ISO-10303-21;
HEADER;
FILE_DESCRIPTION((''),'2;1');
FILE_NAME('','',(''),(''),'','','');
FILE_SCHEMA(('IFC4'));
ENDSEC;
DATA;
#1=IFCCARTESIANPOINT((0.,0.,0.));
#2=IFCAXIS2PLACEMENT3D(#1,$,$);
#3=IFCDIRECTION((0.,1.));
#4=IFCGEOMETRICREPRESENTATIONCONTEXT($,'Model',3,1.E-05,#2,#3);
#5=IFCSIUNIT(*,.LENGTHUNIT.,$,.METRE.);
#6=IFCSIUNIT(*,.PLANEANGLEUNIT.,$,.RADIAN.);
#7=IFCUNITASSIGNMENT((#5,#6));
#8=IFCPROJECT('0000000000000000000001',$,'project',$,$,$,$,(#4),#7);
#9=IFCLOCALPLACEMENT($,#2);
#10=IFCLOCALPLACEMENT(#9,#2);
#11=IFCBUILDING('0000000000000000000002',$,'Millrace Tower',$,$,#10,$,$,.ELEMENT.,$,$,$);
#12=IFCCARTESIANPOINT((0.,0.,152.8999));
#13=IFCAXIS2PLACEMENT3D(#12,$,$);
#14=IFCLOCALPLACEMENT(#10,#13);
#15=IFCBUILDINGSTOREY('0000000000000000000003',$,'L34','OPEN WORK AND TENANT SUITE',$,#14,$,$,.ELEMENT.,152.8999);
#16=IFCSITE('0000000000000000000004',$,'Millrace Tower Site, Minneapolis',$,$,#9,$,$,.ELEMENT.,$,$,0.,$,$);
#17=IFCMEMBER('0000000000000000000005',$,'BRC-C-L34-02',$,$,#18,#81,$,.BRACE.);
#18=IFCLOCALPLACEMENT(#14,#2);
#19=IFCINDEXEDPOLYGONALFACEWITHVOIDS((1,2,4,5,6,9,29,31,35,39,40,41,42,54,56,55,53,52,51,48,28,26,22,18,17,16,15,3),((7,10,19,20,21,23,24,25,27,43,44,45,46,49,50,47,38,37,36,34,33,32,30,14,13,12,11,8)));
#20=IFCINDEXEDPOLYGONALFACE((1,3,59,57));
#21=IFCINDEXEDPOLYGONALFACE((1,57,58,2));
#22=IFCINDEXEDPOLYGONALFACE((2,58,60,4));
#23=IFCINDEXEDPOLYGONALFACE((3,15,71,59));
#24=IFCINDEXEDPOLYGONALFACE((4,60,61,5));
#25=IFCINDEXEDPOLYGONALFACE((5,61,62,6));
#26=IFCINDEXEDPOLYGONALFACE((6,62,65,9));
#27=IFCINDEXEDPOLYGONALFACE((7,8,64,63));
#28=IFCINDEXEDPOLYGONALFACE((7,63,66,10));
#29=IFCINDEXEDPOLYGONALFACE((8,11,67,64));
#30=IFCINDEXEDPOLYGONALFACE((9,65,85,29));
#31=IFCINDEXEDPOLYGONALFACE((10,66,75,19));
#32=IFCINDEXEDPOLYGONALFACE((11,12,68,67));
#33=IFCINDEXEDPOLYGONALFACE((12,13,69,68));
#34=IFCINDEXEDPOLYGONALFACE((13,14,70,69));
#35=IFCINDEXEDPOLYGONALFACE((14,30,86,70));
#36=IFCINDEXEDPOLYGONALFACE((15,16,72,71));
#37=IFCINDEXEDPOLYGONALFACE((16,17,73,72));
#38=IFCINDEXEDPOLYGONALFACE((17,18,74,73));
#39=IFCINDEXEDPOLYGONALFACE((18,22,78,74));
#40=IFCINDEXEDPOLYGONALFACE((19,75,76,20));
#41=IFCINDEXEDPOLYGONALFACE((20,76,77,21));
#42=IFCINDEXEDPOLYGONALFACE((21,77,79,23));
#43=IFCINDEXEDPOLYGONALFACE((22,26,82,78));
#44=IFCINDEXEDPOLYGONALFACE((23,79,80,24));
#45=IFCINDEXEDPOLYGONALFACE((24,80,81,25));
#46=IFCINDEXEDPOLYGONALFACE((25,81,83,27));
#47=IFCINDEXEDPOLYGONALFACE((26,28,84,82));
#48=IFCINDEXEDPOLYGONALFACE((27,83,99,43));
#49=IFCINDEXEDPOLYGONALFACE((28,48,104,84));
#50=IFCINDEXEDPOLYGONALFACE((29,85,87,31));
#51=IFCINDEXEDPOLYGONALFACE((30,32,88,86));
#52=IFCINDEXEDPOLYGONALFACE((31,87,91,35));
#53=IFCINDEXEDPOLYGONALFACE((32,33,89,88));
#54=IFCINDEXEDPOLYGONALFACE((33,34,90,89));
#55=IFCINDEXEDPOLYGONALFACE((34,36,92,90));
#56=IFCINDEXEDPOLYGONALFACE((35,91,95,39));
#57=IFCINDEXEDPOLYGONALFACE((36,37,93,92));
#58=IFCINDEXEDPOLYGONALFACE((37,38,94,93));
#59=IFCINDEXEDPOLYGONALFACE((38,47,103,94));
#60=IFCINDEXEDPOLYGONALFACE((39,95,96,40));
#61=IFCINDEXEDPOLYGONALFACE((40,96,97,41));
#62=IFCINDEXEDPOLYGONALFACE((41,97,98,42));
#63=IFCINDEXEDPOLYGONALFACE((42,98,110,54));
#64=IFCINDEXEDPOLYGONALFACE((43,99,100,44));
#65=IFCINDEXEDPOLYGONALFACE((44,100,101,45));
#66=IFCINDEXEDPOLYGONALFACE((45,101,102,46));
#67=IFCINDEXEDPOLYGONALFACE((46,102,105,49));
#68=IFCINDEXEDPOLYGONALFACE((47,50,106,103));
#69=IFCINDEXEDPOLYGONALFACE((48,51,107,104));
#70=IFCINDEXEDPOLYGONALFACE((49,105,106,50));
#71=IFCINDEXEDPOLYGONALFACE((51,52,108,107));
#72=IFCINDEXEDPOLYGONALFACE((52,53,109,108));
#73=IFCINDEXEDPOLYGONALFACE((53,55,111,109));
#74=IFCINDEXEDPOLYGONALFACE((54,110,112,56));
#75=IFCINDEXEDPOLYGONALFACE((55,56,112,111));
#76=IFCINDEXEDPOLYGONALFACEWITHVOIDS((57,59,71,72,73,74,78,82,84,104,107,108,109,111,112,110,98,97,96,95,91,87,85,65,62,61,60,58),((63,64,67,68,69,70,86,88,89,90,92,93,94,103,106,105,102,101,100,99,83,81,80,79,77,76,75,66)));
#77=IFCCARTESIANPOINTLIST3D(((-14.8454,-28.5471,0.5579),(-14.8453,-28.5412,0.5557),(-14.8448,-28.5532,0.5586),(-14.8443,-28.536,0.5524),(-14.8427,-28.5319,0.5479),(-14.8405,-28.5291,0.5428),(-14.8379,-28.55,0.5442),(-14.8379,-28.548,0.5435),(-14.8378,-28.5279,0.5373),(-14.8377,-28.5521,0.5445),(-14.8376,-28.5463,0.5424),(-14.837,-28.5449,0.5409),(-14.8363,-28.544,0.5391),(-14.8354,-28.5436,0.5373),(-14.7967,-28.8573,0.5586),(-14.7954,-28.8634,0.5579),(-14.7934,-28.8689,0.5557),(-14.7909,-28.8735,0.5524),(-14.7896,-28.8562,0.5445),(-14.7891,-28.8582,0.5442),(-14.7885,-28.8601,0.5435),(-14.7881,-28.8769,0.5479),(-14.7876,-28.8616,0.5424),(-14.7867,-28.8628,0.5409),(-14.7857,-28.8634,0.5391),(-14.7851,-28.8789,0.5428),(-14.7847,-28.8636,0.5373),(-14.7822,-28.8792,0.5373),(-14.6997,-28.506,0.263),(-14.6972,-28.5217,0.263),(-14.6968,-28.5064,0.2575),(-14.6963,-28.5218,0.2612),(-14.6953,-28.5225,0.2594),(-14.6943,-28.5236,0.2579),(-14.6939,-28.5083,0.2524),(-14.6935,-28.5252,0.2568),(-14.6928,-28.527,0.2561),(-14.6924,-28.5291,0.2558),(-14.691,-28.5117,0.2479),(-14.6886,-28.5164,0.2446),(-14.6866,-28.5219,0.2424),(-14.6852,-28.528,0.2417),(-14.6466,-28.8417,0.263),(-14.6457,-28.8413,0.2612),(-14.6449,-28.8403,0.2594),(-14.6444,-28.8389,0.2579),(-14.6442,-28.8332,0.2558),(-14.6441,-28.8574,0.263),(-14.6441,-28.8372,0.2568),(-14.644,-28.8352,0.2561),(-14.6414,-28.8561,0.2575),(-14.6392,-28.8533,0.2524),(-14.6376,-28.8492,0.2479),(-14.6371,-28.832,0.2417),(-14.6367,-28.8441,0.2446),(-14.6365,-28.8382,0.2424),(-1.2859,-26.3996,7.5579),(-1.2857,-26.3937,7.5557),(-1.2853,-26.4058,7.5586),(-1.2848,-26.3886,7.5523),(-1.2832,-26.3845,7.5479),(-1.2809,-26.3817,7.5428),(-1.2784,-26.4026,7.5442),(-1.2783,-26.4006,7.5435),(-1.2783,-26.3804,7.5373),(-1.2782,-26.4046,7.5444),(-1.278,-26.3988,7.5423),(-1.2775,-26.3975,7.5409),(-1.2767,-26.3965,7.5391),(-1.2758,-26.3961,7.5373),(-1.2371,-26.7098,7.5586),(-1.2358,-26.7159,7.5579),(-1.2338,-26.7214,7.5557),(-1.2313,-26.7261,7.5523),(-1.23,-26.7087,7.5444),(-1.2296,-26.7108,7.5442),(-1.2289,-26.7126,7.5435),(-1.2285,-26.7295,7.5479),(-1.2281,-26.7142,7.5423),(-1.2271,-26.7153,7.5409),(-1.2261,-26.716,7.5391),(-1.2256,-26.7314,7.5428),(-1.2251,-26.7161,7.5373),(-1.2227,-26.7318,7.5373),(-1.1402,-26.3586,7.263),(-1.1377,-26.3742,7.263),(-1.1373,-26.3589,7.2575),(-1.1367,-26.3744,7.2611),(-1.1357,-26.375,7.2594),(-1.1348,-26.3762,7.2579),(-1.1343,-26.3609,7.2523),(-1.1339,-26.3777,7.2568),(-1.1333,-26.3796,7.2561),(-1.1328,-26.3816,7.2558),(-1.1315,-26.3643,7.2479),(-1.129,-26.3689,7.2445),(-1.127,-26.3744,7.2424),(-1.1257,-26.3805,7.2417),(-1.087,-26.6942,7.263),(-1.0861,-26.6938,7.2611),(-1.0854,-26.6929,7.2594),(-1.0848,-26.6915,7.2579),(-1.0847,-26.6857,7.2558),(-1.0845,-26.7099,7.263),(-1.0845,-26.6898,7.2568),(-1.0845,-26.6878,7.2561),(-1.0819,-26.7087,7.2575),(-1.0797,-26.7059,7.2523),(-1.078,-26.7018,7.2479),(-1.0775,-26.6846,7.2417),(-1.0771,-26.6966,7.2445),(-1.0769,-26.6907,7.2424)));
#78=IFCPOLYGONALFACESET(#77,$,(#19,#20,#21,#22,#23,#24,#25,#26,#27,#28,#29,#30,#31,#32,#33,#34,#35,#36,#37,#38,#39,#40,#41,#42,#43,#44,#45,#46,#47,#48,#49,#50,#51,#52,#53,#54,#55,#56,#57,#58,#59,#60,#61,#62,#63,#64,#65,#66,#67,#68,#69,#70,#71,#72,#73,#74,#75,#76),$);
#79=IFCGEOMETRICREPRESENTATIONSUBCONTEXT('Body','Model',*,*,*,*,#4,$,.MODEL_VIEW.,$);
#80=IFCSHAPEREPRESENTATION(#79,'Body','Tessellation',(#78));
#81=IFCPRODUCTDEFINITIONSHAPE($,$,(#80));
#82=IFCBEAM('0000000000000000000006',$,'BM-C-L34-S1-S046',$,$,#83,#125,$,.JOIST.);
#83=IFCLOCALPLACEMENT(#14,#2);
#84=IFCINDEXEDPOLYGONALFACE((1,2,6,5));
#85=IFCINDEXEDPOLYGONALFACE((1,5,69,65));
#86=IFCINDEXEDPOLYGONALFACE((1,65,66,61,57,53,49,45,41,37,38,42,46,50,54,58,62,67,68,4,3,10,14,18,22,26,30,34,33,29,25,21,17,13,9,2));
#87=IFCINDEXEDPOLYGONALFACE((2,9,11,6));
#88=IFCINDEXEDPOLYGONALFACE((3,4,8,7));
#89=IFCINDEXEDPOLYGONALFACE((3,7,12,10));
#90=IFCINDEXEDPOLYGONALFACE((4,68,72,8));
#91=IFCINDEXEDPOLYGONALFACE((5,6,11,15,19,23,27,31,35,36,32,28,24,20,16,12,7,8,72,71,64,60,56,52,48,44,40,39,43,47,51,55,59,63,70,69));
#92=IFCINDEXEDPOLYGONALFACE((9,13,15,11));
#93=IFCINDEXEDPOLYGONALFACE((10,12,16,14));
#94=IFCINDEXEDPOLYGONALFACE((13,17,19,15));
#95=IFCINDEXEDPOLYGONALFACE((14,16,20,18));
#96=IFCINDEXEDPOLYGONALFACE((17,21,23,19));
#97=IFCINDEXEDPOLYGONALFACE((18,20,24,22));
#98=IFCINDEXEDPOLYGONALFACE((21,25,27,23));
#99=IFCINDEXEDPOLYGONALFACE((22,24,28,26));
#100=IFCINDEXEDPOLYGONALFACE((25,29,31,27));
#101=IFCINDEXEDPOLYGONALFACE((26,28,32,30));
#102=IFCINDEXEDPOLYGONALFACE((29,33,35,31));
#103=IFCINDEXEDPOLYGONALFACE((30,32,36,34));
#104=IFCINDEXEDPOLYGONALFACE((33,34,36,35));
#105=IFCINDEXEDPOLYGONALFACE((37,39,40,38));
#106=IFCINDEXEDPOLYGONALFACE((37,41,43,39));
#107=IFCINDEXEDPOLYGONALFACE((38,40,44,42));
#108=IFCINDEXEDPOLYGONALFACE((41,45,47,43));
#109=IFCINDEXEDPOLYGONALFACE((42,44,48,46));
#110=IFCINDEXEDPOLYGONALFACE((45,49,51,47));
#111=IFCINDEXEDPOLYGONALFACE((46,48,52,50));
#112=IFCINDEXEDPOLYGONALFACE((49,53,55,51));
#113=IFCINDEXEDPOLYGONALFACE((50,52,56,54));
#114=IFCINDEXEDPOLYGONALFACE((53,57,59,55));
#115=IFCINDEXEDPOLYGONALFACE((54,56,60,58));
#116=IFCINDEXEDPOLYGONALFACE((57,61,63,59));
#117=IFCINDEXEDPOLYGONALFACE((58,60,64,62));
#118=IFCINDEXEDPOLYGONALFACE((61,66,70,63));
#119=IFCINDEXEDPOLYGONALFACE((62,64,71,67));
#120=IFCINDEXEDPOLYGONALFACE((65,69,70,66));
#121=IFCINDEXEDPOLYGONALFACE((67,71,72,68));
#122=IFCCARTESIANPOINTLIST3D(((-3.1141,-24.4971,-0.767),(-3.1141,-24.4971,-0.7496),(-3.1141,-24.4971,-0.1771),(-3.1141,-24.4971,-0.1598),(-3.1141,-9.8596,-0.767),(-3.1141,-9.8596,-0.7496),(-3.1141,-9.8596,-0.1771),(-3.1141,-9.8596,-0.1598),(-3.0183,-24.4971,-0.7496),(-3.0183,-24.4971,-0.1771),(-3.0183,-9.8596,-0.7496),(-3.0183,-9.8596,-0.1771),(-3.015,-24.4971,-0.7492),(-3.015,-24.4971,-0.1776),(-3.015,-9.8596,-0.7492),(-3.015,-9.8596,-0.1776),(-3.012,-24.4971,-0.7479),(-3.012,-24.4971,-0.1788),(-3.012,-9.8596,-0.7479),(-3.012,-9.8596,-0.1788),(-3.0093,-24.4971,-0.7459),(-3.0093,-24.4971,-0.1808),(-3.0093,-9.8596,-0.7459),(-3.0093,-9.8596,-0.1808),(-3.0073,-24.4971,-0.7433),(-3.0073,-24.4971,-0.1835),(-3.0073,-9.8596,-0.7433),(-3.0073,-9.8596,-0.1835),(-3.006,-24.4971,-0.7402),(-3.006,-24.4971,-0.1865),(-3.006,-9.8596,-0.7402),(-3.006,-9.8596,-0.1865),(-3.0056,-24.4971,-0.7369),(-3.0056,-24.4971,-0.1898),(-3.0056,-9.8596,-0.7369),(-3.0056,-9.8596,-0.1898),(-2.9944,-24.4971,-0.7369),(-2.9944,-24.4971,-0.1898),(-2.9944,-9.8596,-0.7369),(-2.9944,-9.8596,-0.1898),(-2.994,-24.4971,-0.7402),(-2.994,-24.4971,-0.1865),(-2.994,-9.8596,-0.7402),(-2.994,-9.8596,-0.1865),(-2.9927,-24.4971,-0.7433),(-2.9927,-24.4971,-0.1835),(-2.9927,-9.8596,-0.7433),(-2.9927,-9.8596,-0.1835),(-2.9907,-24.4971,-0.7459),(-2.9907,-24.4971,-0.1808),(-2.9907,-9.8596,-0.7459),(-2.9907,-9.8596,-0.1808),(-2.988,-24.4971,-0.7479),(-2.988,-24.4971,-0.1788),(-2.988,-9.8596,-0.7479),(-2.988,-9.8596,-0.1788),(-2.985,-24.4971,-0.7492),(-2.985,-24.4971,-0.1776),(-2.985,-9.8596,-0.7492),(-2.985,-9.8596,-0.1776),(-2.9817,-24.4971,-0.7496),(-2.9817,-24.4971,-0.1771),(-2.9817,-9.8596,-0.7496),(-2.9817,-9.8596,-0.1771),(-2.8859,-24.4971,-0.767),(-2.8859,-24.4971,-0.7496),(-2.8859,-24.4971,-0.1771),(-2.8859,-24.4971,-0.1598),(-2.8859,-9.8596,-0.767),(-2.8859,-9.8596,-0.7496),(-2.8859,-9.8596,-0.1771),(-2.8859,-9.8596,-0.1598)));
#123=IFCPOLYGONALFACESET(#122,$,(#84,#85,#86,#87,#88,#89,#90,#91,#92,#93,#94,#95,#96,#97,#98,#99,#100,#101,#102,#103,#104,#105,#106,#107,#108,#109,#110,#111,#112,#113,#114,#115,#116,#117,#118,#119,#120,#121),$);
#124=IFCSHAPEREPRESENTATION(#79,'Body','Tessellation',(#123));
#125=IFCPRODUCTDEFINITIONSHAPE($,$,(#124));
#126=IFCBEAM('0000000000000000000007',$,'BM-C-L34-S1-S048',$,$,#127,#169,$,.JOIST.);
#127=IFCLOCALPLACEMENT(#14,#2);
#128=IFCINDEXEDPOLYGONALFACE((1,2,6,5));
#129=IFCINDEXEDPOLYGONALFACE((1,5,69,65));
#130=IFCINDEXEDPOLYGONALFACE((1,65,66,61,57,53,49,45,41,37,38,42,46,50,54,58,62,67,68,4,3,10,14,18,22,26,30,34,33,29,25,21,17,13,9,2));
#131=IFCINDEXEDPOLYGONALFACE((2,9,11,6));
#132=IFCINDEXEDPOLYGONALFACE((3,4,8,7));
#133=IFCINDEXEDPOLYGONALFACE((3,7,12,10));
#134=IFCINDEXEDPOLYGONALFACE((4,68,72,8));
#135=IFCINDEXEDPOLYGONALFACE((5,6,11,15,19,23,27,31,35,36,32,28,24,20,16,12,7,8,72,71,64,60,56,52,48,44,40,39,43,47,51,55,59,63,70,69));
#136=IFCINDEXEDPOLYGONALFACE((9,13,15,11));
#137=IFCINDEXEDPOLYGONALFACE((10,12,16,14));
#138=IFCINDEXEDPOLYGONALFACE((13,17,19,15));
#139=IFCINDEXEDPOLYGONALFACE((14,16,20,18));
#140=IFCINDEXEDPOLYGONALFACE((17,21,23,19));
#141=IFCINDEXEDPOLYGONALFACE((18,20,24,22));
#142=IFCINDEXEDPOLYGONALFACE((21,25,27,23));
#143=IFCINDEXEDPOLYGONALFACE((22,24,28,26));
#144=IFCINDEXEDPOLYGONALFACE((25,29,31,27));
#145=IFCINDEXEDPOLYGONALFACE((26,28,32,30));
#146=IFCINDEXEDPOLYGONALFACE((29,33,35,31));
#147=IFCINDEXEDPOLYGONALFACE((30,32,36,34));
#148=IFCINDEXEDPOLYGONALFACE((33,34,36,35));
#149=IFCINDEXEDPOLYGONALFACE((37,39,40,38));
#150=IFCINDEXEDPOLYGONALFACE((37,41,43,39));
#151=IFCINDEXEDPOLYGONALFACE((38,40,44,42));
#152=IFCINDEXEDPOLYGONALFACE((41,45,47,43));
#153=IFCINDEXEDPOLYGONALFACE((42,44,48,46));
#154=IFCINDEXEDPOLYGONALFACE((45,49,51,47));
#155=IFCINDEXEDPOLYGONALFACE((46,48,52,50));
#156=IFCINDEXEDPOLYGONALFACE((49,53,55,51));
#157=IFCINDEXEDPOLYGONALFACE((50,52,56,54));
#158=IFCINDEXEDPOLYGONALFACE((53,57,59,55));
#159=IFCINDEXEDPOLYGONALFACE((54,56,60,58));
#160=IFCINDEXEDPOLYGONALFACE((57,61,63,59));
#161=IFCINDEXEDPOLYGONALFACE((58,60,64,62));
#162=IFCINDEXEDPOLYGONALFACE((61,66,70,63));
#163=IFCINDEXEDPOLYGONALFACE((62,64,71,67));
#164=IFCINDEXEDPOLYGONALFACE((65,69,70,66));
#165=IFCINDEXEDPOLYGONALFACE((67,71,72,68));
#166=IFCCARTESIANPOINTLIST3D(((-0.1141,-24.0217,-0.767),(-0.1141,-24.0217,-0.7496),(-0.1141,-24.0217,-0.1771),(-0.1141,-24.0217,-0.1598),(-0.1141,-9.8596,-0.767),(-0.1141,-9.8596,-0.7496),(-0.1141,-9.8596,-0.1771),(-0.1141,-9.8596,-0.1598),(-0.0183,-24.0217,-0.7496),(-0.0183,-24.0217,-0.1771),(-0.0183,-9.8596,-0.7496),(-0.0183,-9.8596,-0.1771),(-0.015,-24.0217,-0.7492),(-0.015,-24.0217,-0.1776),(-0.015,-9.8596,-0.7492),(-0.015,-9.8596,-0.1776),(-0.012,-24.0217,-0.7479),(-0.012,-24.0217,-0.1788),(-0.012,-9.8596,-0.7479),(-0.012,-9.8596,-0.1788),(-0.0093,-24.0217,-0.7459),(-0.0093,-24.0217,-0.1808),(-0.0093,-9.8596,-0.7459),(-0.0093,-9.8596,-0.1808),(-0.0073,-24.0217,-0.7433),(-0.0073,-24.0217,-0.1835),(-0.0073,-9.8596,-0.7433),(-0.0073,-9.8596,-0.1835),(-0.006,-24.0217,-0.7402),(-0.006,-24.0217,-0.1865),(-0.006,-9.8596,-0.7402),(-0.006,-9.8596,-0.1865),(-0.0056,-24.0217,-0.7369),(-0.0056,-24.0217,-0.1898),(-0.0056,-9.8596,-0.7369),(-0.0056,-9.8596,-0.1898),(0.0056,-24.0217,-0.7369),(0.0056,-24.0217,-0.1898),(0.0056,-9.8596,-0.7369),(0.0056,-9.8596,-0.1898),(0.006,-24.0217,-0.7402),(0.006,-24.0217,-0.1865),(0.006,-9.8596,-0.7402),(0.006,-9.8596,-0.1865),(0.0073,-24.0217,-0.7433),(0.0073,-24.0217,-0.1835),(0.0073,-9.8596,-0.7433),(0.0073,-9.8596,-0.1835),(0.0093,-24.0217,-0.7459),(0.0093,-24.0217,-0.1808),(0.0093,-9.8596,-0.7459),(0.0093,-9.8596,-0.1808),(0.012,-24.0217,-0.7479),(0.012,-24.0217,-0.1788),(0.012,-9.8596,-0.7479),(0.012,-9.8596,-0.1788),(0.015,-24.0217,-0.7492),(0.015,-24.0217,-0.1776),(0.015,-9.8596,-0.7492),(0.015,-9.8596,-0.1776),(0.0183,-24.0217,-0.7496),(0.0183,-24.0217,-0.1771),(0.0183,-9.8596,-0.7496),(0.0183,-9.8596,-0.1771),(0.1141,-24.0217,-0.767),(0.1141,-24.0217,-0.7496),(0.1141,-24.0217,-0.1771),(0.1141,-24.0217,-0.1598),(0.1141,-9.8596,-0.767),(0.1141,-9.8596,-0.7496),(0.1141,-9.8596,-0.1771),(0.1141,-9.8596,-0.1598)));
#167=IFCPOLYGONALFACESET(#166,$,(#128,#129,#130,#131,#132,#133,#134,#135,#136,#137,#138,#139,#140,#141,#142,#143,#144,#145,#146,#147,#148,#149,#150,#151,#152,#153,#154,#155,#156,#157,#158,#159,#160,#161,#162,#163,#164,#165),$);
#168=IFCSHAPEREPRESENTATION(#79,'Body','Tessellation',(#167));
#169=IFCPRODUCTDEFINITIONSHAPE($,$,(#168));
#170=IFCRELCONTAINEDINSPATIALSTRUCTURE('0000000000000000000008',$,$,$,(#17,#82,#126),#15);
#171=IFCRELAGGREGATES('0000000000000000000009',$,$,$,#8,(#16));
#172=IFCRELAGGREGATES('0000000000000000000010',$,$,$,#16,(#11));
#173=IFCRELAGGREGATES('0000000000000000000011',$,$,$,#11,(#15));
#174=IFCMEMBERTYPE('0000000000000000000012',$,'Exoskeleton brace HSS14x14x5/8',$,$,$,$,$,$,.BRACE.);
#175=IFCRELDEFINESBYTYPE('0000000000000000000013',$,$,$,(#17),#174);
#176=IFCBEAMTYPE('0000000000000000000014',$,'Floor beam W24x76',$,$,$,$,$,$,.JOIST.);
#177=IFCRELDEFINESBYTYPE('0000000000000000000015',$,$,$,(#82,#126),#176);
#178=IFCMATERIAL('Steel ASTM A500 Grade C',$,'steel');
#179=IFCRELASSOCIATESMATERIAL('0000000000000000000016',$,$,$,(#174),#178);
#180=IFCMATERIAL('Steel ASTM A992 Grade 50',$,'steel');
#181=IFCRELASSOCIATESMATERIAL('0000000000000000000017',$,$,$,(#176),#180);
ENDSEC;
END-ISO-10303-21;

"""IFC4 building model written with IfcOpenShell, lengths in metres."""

from ifc_helpers import new_model, si_unit, direction, frame, origin, origin_2d, place, context, subcontext, project, spatial, hollow_rectangle, i_section, extrude, material, material_profile, profile_set, type_object, element, save


model = new_model("IFC4")

# Units and contexts
model_context = context("Model", 3, precision=1e-05, world=origin(), true_north=direction((0.0, 1.0)))
body_context = subcontext(model_context, "Body", "Model", "MODEL_VIEW")
ifc_project = project(units=[si_unit("LENGTHUNIT", "METRE"), si_unit("PLANEANGLEUNIT", "RADIAN")], contexts=[model_context])

# Site, building, storey
site_placement = place(None, origin())
site = spatial("IfcSite", under=ifc_project, at=site_placement, Name="Millrace Tower Site, Minneapolis", CompositionType="ELEMENT", RefElevation=0.0)
building_placement = place(site_placement, origin())
building = spatial("IfcBuilding", under=site, at=building_placement, Name="Millrace Tower", CompositionType="ELEMENT")
storey_placement = place(building_placement, frame((0.0, 0.0, 152.8999)))
storey = spatial("IfcBuildingStorey", under=building, at=storey_placement, Name="L34", Description="OPEN WORK AND TENANT SUITE", CompositionType="ELEMENT", Elevation=152.8999)

# Member
ifc_material_1 = material(Name="Steel ASTM A500 Grade C", Category="steel")
ifc_material_profile_1 = material_profile(ifc_material_1, hollow_rectangle(XDim=0.3557, YDim=0.3557, WallThickness=0.0159, InnerFilletRadius=0.0081, OuterFilletRadius=0.0239, at=origin_2d()))
ifc_profile_set_1 = profile_set([ifc_material_profile_1], Name="Steel ASTM A500 Grade C")
member_type_1 = type_object("IfcMemberType", Name="Exoskeleton brace HSS14x14x5/8", PredefinedType="BRACE", material=ifc_profile_set_1)
member_1_placement = place(storey_placement, frame((-14.741, -28.6926, 0.4001), z_axis=(0.87991, 0.139353, 0.454245), x_axis=(-0.156423, 0.98769, 0.0)))
element("IfcMember", 1, at=member_1_placement, inside=storey, type_object=member_type_1, Name="BRC-C-L34-02", PredefinedType="BRACE", context=body_context, shape_type="SweptSolid", body=[
    extrude(hollow_rectangle(XDim=0.3557, YDim=0.3557, WallThickness=0.0159, InnerFilletRadius=0.0081, OuterFilletRadius=0.0239, at=origin_2d()), origin(), (0.0, 0.0, 1.0), 15.4102),
])

# Beams
ifc_material_2 = material(Name="Steel ASTM A992 Grade 50", Category="steel")
ifc_material_profile_2 = material_profile(ifc_material_2, i_section(OverallWidth=0.2283, OverallDepth=0.6072, WebThickness=0.0112, FlangeThickness=0.0173, FilletRadius=0.0127, at=origin_2d()))
ifc_profile_set_2 = profile_set([ifc_material_profile_2], Name="Steel ASTM A992 Grade 50")
beam_type_1 = type_object("IfcBeamType", Name="Floor beam W24x76", PredefinedType="JOIST", material=ifc_profile_set_2)
beam_1_placement = place(storey_placement, frame((-3.0, -24.4971, -0.4634), z_axis=(0.0, 1.0, 0.0), x_axis=(-1.0, 0.0, 0.0)))
element("IfcBeam", 2, at=beam_1_placement, inside=storey, type_object=beam_type_1, Name="BM-C-L34-S1-S046", PredefinedType="JOIST", context=body_context, shape_type="SweptSolid", body=[
    extrude(i_section(OverallWidth=0.2283, OverallDepth=0.6072, WebThickness=0.0112, FlangeThickness=0.0173, FilletRadius=0.0127, at=origin_2d()), origin(), (0.0, 0.0, 1.0), 14.6375),
])
beam_2_placement = place(storey_placement, frame((0.0, -24.0217, -0.4634), z_axis=(0.0, 1.0, 0.0), x_axis=(-1.0, 0.0, 0.0)))
element("IfcBeam", 3, at=beam_2_placement, inside=storey, type_object=beam_type_1, Name="BM-C-L34-S1-S048", PredefinedType="JOIST", context=body_context, shape_type="SweptSolid", body=[
    extrude(i_section(OverallWidth=0.2283, OverallDepth=0.6072, WebThickness=0.0112, FlangeThickness=0.0173, FilletRadius=0.0127, at=origin_2d()), origin(), (0.0, 0.0, 1.0), 14.1621),
])

save(model, "model.ifc")
